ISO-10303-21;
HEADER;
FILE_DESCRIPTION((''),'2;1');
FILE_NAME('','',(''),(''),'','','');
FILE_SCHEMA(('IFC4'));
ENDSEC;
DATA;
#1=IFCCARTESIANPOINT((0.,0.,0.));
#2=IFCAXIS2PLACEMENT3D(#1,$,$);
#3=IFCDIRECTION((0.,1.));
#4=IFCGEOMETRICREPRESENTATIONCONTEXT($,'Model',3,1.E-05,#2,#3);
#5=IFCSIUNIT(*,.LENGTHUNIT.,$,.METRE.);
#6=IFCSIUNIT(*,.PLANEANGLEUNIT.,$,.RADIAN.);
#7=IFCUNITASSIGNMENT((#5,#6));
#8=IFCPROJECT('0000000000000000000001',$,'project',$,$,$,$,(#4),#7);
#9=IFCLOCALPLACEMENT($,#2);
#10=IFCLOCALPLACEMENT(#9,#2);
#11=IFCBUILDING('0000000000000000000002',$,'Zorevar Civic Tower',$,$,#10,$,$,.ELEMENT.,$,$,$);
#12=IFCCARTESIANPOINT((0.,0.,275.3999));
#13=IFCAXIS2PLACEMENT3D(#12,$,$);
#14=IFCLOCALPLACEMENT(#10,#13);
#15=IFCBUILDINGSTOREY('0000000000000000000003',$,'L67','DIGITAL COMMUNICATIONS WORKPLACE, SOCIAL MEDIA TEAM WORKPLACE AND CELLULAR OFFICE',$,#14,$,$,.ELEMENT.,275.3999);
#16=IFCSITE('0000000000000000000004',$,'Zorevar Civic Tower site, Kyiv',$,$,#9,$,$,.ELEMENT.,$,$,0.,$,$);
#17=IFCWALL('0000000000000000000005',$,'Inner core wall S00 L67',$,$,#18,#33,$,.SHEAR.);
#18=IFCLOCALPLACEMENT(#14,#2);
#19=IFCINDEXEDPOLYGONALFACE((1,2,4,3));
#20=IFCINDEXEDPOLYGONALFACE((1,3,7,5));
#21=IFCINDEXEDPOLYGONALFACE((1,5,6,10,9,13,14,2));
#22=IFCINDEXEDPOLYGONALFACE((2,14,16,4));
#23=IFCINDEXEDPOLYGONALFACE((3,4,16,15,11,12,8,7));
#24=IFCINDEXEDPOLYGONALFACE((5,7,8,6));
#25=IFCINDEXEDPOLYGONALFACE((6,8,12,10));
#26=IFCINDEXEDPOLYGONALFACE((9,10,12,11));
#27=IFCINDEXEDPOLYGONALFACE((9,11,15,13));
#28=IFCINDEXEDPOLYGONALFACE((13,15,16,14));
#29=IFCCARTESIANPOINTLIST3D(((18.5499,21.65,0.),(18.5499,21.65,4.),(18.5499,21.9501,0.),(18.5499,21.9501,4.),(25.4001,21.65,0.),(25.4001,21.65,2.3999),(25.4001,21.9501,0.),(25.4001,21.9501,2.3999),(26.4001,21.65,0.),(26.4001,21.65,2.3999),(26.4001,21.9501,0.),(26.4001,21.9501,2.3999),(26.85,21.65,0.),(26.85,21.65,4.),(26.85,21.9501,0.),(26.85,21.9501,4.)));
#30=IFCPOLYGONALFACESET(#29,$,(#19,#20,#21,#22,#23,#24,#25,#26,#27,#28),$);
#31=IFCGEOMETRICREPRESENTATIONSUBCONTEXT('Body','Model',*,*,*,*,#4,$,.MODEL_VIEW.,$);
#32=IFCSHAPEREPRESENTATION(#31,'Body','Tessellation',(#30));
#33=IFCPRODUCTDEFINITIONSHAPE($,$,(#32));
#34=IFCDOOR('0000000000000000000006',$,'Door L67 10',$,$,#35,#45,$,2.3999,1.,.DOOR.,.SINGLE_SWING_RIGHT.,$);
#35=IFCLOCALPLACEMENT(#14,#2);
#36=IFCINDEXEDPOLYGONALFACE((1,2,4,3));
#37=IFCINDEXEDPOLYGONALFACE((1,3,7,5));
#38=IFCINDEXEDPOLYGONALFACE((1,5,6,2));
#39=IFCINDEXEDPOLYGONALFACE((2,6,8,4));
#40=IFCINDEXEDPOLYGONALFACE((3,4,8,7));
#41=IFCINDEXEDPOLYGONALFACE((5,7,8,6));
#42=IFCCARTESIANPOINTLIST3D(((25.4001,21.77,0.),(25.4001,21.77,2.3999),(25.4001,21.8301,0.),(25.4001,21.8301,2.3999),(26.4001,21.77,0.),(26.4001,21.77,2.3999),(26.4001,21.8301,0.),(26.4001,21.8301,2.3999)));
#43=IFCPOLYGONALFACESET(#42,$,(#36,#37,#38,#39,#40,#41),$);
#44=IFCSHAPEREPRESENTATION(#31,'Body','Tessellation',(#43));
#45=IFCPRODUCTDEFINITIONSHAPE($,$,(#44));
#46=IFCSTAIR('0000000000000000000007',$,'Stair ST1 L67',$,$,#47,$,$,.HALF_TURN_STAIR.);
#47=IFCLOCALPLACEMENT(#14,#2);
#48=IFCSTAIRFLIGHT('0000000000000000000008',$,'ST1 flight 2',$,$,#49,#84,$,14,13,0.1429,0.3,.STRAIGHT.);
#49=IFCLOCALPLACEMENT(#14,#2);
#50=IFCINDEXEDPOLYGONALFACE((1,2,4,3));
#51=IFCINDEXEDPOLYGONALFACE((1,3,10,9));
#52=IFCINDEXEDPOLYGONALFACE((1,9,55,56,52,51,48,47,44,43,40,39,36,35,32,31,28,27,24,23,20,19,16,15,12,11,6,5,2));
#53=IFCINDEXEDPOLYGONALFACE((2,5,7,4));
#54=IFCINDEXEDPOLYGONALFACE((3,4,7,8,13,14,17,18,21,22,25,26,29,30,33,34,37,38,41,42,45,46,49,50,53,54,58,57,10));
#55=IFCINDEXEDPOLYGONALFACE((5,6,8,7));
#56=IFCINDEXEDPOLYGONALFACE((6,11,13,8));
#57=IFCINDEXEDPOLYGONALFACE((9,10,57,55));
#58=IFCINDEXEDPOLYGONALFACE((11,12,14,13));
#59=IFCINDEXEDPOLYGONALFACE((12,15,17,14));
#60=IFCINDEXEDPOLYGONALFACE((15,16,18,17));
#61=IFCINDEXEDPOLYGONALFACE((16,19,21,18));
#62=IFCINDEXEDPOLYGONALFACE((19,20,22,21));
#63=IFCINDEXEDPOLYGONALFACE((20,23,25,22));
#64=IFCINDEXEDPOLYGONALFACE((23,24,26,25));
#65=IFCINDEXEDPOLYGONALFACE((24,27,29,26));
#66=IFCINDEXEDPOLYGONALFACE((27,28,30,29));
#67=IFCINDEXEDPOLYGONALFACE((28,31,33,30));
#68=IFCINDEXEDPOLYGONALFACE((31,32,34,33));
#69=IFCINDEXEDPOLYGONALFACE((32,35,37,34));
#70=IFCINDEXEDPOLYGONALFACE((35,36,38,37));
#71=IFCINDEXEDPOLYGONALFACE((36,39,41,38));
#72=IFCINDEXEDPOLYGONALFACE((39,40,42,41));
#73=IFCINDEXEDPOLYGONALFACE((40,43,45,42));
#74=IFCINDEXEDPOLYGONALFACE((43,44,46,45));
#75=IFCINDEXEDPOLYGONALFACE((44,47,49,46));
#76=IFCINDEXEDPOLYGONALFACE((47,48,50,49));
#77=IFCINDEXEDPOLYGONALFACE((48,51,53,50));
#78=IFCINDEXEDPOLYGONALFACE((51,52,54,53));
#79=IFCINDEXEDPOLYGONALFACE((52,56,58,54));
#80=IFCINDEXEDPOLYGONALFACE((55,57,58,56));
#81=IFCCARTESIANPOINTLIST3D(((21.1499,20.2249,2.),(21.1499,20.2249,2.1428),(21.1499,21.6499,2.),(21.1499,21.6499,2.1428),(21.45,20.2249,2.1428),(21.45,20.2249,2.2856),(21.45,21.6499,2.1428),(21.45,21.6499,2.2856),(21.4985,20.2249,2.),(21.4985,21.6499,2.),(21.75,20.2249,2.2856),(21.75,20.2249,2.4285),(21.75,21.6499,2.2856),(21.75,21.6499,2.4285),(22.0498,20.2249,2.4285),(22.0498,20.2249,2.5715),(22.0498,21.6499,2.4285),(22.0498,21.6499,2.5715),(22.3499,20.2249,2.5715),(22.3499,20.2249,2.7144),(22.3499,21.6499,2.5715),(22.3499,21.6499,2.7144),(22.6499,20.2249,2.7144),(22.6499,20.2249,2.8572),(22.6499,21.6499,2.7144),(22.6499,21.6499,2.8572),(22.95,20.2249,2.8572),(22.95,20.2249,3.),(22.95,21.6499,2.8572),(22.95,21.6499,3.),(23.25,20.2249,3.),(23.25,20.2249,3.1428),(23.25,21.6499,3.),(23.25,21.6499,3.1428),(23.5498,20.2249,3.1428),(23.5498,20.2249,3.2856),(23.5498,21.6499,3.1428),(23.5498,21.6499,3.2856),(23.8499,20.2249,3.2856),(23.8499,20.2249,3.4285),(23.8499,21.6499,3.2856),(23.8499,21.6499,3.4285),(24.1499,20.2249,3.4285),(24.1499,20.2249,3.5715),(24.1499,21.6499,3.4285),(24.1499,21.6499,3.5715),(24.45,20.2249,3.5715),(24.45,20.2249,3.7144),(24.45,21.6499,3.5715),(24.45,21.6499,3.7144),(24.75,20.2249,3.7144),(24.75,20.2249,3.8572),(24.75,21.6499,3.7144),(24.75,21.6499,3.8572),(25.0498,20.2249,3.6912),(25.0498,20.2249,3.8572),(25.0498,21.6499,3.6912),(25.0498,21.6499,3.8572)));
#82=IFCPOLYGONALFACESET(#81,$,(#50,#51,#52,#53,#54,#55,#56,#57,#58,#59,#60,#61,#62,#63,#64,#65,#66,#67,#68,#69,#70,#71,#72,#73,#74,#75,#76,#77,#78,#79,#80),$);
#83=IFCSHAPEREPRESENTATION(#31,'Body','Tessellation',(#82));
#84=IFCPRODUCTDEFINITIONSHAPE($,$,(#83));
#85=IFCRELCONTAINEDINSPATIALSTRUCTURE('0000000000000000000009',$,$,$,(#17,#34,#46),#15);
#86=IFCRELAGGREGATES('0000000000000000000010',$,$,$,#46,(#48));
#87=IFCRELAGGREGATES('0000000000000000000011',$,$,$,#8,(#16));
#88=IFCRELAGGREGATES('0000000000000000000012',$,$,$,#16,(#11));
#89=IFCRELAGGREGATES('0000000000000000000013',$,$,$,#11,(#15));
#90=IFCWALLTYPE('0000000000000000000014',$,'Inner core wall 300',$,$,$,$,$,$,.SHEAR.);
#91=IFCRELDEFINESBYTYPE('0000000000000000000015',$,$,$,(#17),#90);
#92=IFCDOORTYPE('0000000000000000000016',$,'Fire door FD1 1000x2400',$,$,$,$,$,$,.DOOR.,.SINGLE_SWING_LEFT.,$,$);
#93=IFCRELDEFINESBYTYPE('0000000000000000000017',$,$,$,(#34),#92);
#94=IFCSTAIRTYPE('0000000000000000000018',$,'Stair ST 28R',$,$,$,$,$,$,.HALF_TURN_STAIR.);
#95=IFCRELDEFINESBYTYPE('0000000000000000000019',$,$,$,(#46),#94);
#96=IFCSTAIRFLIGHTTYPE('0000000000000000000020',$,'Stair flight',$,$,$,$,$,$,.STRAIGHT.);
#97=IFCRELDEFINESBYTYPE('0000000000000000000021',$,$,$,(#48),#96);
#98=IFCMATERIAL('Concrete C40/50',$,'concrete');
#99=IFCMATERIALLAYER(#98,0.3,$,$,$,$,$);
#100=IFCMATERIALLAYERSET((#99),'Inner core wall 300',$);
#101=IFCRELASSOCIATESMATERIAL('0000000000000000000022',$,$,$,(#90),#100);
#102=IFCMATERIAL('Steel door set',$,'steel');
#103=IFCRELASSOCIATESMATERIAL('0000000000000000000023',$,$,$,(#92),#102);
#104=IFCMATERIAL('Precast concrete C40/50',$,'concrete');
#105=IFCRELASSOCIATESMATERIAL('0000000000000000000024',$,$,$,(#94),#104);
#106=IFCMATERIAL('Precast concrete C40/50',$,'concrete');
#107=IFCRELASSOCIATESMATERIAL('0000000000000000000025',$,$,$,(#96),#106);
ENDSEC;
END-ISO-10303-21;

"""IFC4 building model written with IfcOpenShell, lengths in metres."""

from ifc_helpers import new_model, si_unit, direction, frame, frame_2d, origin, place, context, subcontext, project, spatial, polyline, rectangle, outline, extrude, material, layer, layer_set, type_object, element, fill, aggregate, save


model = new_model("IFC4")

# Units and contexts
model_context = context("Model", 3, precision=1e-05, world=origin(), true_north=direction((0.0, 1.0)))
body_context = subcontext(model_context, "Body", "Model", "MODEL_VIEW")
ifc_project = project(units=[si_unit("LENGTHUNIT", "METRE"), si_unit("PLANEANGLEUNIT", "RADIAN")], contexts=[model_context])

# Site, building, storey
site_placement = place(None, origin())
site = spatial("IfcSite", under=ifc_project, at=site_placement, Name="Zorevar Civic Tower site, Kyiv", CompositionType="ELEMENT", RefElevation=0.0)
building_placement = place(site_placement, origin())
building = spatial("IfcBuilding", under=site, at=building_placement, Name="Zorevar Civic Tower", CompositionType="ELEMENT")
storey_placement = place(building_placement, frame((0.0, 0.0, 275.3999)))
storey = spatial("IfcBuildingStorey", under=building, at=storey_placement, Name="L67", Description="DIGITAL COMMUNICATIONS WORKPLACE, SOCIAL MEDIA TEAM WORKPLACE AND CELLULAR OFFICE", CompositionType="ELEMENT", Elevation=275.3999)

# Wall, opening, door
ifc_material_1 = material(Name="Concrete C40/50", Category="concrete")
ifc_layer = layer(ifc_material_1, 0.3)
ifc_layer_set = layer_set([ifc_layer], Name="Inner core wall 300")
wall_type = type_object("IfcWallType", Name="Inner core wall 300", PredefinedType="SHEAR", material=ifc_layer_set)
wall_1_placement = place(storey_placement, frame((18.55, 21.8, 0.0), z_axis=(0.0, 0.0, 1.0), x_axis=(1.0, 0.0, 0.0)))
wall_1 = element("IfcWall", 1, at=wall_1_placement, inside=storey, type_object=wall_type, Name="Inner core wall S00 L67", PredefinedType="SHEAR", context=body_context, shape_type="SweptSolid", body=[
    extrude(rectangle(XDim=8.3, YDim=0.3, at=frame_2d((4.1499, 0.0))), origin(), (0.0, 0.0, 1.0), 4.0),
])
opening_1_placement = place(wall_1_placement, frame((6.8501, 0.0, 0.0)))
opening_1 = element("IfcOpeningElement", 2, at=opening_1_placement, cuts=wall_1, PredefinedType="OPENING", context=body_context, shape_type="SweptSolid", body=[
    extrude(rectangle(XDim=1.0, YDim=2.3999, at=frame_2d((0.5, 1.2))), frame((0.0, 0.1599, 0.0), z_axis=(0.0, -1.0, 0.0), x_axis=(1.0, 0.0, 0.0)), (0.0, 0.0, 1.0), 0.3201),
])
ifc_material_2 = material(Name="Steel door set", Category="steel")
door_type_1 = type_object("IfcDoorType", Name="Fire door FD1 1000x2400", OperationType="SINGLE_SWING_LEFT", PredefinedType="DOOR", material=ifc_material_2)
door_1_placement = place(opening_1_placement, origin())
door_1 = element("IfcDoor", 3, at=door_1_placement, inside=storey, type_object=door_type_1, Name="Door L67 10", OperationType="SINGLE_SWING_RIGHT", OverallHeight=2.3999, OverallWidth=1.0, PredefinedType="DOOR", context=body_context, shape_type="SweptSolid", body=[
    extrude(rectangle(XDim=1.0, YDim=2.3999, at=frame_2d((0.5, 1.2))), frame((0.0, 0.03, 0.0), z_axis=(0.0, -1.0, 0.0), x_axis=(1.0, 0.0, 0.0)), (0.0, 0.0, 1.0), 0.0601),
])
fill(opening_1, door_1)

# Stair, stair flight
ifc_material_3 = material(Name="Precast concrete C40/50", Category="concrete")
stair_type = type_object("IfcStairType", Name="Stair ST 28R", PredefinedType="HALF_TURN_STAIR", material=ifc_material_3)
stair_placement = place(storey_placement, origin())
stair = element("IfcStair", 4, at=stair_placement, inside=storey, type_object=stair_type, Name="Stair ST1 L67", PredefinedType="HALF_TURN_STAIR")
ifc_material_4 = material(Name="Precast concrete C40/50", Category="concrete")
stair_flight_type = type_object("IfcStairFlightType", Name="Stair flight", PredefinedType="STRAIGHT", material=ifc_material_4)
stair_flight_placement = place(storey_placement, frame((21.1499, 20.9375, 2.0), z_axis=(0.0, 0.0, 1.0), x_axis=(1.0, 0.0, 0.0)))
stair_flight = element("IfcStairFlight", 5, at=stair_flight_placement, type_object=stair_flight_type, Name="ST1 flight 2", NumberOfRisers=14, NumberOfTreads=13, PredefinedType="STRAIGHT", RiserHeight=0.1429, TreadLength=0.3, context=body_context, shape_type="SweptSolid", body=[
    extrude(outline(polyline([(0.0, 0.0), (0.0, 0.1428), (0.3, 0.1428), (0.3, 0.2856), (0.6001, 0.2856), (0.6001, 0.4285), (0.8999, 0.4285), (0.8999, 0.5715), (1.2, 0.5715), (1.2, 0.7144), (1.5, 0.7144), (1.5, 0.8572), (1.8, 0.8572), (1.8, 1.0), (2.1001, 1.0), (2.1001, 1.1428), (2.3999, 1.1428), (2.3999, 1.2856), (2.7, 1.2856), (2.7, 1.4285), (3.0, 1.4285), (3.0, 1.5715), (3.3, 1.5715), (3.3, 1.7144), (3.6001, 1.7144), (3.6001, 1.8572), (3.8999, 1.8572), (3.8999, 2.0), (3.8999, 1.6912), (0.3486, 0.0), (0.0, 0.0)])), frame((0.0, 0.7124, 0.0), z_axis=(0.0, -1.0, 0.0), x_axis=(1.0, 0.0, 0.0)), (0.0, 0.0, 1.0), 1.425),
])
aggregate(stair, [stair_flight])

save(model, "model.ifc")
